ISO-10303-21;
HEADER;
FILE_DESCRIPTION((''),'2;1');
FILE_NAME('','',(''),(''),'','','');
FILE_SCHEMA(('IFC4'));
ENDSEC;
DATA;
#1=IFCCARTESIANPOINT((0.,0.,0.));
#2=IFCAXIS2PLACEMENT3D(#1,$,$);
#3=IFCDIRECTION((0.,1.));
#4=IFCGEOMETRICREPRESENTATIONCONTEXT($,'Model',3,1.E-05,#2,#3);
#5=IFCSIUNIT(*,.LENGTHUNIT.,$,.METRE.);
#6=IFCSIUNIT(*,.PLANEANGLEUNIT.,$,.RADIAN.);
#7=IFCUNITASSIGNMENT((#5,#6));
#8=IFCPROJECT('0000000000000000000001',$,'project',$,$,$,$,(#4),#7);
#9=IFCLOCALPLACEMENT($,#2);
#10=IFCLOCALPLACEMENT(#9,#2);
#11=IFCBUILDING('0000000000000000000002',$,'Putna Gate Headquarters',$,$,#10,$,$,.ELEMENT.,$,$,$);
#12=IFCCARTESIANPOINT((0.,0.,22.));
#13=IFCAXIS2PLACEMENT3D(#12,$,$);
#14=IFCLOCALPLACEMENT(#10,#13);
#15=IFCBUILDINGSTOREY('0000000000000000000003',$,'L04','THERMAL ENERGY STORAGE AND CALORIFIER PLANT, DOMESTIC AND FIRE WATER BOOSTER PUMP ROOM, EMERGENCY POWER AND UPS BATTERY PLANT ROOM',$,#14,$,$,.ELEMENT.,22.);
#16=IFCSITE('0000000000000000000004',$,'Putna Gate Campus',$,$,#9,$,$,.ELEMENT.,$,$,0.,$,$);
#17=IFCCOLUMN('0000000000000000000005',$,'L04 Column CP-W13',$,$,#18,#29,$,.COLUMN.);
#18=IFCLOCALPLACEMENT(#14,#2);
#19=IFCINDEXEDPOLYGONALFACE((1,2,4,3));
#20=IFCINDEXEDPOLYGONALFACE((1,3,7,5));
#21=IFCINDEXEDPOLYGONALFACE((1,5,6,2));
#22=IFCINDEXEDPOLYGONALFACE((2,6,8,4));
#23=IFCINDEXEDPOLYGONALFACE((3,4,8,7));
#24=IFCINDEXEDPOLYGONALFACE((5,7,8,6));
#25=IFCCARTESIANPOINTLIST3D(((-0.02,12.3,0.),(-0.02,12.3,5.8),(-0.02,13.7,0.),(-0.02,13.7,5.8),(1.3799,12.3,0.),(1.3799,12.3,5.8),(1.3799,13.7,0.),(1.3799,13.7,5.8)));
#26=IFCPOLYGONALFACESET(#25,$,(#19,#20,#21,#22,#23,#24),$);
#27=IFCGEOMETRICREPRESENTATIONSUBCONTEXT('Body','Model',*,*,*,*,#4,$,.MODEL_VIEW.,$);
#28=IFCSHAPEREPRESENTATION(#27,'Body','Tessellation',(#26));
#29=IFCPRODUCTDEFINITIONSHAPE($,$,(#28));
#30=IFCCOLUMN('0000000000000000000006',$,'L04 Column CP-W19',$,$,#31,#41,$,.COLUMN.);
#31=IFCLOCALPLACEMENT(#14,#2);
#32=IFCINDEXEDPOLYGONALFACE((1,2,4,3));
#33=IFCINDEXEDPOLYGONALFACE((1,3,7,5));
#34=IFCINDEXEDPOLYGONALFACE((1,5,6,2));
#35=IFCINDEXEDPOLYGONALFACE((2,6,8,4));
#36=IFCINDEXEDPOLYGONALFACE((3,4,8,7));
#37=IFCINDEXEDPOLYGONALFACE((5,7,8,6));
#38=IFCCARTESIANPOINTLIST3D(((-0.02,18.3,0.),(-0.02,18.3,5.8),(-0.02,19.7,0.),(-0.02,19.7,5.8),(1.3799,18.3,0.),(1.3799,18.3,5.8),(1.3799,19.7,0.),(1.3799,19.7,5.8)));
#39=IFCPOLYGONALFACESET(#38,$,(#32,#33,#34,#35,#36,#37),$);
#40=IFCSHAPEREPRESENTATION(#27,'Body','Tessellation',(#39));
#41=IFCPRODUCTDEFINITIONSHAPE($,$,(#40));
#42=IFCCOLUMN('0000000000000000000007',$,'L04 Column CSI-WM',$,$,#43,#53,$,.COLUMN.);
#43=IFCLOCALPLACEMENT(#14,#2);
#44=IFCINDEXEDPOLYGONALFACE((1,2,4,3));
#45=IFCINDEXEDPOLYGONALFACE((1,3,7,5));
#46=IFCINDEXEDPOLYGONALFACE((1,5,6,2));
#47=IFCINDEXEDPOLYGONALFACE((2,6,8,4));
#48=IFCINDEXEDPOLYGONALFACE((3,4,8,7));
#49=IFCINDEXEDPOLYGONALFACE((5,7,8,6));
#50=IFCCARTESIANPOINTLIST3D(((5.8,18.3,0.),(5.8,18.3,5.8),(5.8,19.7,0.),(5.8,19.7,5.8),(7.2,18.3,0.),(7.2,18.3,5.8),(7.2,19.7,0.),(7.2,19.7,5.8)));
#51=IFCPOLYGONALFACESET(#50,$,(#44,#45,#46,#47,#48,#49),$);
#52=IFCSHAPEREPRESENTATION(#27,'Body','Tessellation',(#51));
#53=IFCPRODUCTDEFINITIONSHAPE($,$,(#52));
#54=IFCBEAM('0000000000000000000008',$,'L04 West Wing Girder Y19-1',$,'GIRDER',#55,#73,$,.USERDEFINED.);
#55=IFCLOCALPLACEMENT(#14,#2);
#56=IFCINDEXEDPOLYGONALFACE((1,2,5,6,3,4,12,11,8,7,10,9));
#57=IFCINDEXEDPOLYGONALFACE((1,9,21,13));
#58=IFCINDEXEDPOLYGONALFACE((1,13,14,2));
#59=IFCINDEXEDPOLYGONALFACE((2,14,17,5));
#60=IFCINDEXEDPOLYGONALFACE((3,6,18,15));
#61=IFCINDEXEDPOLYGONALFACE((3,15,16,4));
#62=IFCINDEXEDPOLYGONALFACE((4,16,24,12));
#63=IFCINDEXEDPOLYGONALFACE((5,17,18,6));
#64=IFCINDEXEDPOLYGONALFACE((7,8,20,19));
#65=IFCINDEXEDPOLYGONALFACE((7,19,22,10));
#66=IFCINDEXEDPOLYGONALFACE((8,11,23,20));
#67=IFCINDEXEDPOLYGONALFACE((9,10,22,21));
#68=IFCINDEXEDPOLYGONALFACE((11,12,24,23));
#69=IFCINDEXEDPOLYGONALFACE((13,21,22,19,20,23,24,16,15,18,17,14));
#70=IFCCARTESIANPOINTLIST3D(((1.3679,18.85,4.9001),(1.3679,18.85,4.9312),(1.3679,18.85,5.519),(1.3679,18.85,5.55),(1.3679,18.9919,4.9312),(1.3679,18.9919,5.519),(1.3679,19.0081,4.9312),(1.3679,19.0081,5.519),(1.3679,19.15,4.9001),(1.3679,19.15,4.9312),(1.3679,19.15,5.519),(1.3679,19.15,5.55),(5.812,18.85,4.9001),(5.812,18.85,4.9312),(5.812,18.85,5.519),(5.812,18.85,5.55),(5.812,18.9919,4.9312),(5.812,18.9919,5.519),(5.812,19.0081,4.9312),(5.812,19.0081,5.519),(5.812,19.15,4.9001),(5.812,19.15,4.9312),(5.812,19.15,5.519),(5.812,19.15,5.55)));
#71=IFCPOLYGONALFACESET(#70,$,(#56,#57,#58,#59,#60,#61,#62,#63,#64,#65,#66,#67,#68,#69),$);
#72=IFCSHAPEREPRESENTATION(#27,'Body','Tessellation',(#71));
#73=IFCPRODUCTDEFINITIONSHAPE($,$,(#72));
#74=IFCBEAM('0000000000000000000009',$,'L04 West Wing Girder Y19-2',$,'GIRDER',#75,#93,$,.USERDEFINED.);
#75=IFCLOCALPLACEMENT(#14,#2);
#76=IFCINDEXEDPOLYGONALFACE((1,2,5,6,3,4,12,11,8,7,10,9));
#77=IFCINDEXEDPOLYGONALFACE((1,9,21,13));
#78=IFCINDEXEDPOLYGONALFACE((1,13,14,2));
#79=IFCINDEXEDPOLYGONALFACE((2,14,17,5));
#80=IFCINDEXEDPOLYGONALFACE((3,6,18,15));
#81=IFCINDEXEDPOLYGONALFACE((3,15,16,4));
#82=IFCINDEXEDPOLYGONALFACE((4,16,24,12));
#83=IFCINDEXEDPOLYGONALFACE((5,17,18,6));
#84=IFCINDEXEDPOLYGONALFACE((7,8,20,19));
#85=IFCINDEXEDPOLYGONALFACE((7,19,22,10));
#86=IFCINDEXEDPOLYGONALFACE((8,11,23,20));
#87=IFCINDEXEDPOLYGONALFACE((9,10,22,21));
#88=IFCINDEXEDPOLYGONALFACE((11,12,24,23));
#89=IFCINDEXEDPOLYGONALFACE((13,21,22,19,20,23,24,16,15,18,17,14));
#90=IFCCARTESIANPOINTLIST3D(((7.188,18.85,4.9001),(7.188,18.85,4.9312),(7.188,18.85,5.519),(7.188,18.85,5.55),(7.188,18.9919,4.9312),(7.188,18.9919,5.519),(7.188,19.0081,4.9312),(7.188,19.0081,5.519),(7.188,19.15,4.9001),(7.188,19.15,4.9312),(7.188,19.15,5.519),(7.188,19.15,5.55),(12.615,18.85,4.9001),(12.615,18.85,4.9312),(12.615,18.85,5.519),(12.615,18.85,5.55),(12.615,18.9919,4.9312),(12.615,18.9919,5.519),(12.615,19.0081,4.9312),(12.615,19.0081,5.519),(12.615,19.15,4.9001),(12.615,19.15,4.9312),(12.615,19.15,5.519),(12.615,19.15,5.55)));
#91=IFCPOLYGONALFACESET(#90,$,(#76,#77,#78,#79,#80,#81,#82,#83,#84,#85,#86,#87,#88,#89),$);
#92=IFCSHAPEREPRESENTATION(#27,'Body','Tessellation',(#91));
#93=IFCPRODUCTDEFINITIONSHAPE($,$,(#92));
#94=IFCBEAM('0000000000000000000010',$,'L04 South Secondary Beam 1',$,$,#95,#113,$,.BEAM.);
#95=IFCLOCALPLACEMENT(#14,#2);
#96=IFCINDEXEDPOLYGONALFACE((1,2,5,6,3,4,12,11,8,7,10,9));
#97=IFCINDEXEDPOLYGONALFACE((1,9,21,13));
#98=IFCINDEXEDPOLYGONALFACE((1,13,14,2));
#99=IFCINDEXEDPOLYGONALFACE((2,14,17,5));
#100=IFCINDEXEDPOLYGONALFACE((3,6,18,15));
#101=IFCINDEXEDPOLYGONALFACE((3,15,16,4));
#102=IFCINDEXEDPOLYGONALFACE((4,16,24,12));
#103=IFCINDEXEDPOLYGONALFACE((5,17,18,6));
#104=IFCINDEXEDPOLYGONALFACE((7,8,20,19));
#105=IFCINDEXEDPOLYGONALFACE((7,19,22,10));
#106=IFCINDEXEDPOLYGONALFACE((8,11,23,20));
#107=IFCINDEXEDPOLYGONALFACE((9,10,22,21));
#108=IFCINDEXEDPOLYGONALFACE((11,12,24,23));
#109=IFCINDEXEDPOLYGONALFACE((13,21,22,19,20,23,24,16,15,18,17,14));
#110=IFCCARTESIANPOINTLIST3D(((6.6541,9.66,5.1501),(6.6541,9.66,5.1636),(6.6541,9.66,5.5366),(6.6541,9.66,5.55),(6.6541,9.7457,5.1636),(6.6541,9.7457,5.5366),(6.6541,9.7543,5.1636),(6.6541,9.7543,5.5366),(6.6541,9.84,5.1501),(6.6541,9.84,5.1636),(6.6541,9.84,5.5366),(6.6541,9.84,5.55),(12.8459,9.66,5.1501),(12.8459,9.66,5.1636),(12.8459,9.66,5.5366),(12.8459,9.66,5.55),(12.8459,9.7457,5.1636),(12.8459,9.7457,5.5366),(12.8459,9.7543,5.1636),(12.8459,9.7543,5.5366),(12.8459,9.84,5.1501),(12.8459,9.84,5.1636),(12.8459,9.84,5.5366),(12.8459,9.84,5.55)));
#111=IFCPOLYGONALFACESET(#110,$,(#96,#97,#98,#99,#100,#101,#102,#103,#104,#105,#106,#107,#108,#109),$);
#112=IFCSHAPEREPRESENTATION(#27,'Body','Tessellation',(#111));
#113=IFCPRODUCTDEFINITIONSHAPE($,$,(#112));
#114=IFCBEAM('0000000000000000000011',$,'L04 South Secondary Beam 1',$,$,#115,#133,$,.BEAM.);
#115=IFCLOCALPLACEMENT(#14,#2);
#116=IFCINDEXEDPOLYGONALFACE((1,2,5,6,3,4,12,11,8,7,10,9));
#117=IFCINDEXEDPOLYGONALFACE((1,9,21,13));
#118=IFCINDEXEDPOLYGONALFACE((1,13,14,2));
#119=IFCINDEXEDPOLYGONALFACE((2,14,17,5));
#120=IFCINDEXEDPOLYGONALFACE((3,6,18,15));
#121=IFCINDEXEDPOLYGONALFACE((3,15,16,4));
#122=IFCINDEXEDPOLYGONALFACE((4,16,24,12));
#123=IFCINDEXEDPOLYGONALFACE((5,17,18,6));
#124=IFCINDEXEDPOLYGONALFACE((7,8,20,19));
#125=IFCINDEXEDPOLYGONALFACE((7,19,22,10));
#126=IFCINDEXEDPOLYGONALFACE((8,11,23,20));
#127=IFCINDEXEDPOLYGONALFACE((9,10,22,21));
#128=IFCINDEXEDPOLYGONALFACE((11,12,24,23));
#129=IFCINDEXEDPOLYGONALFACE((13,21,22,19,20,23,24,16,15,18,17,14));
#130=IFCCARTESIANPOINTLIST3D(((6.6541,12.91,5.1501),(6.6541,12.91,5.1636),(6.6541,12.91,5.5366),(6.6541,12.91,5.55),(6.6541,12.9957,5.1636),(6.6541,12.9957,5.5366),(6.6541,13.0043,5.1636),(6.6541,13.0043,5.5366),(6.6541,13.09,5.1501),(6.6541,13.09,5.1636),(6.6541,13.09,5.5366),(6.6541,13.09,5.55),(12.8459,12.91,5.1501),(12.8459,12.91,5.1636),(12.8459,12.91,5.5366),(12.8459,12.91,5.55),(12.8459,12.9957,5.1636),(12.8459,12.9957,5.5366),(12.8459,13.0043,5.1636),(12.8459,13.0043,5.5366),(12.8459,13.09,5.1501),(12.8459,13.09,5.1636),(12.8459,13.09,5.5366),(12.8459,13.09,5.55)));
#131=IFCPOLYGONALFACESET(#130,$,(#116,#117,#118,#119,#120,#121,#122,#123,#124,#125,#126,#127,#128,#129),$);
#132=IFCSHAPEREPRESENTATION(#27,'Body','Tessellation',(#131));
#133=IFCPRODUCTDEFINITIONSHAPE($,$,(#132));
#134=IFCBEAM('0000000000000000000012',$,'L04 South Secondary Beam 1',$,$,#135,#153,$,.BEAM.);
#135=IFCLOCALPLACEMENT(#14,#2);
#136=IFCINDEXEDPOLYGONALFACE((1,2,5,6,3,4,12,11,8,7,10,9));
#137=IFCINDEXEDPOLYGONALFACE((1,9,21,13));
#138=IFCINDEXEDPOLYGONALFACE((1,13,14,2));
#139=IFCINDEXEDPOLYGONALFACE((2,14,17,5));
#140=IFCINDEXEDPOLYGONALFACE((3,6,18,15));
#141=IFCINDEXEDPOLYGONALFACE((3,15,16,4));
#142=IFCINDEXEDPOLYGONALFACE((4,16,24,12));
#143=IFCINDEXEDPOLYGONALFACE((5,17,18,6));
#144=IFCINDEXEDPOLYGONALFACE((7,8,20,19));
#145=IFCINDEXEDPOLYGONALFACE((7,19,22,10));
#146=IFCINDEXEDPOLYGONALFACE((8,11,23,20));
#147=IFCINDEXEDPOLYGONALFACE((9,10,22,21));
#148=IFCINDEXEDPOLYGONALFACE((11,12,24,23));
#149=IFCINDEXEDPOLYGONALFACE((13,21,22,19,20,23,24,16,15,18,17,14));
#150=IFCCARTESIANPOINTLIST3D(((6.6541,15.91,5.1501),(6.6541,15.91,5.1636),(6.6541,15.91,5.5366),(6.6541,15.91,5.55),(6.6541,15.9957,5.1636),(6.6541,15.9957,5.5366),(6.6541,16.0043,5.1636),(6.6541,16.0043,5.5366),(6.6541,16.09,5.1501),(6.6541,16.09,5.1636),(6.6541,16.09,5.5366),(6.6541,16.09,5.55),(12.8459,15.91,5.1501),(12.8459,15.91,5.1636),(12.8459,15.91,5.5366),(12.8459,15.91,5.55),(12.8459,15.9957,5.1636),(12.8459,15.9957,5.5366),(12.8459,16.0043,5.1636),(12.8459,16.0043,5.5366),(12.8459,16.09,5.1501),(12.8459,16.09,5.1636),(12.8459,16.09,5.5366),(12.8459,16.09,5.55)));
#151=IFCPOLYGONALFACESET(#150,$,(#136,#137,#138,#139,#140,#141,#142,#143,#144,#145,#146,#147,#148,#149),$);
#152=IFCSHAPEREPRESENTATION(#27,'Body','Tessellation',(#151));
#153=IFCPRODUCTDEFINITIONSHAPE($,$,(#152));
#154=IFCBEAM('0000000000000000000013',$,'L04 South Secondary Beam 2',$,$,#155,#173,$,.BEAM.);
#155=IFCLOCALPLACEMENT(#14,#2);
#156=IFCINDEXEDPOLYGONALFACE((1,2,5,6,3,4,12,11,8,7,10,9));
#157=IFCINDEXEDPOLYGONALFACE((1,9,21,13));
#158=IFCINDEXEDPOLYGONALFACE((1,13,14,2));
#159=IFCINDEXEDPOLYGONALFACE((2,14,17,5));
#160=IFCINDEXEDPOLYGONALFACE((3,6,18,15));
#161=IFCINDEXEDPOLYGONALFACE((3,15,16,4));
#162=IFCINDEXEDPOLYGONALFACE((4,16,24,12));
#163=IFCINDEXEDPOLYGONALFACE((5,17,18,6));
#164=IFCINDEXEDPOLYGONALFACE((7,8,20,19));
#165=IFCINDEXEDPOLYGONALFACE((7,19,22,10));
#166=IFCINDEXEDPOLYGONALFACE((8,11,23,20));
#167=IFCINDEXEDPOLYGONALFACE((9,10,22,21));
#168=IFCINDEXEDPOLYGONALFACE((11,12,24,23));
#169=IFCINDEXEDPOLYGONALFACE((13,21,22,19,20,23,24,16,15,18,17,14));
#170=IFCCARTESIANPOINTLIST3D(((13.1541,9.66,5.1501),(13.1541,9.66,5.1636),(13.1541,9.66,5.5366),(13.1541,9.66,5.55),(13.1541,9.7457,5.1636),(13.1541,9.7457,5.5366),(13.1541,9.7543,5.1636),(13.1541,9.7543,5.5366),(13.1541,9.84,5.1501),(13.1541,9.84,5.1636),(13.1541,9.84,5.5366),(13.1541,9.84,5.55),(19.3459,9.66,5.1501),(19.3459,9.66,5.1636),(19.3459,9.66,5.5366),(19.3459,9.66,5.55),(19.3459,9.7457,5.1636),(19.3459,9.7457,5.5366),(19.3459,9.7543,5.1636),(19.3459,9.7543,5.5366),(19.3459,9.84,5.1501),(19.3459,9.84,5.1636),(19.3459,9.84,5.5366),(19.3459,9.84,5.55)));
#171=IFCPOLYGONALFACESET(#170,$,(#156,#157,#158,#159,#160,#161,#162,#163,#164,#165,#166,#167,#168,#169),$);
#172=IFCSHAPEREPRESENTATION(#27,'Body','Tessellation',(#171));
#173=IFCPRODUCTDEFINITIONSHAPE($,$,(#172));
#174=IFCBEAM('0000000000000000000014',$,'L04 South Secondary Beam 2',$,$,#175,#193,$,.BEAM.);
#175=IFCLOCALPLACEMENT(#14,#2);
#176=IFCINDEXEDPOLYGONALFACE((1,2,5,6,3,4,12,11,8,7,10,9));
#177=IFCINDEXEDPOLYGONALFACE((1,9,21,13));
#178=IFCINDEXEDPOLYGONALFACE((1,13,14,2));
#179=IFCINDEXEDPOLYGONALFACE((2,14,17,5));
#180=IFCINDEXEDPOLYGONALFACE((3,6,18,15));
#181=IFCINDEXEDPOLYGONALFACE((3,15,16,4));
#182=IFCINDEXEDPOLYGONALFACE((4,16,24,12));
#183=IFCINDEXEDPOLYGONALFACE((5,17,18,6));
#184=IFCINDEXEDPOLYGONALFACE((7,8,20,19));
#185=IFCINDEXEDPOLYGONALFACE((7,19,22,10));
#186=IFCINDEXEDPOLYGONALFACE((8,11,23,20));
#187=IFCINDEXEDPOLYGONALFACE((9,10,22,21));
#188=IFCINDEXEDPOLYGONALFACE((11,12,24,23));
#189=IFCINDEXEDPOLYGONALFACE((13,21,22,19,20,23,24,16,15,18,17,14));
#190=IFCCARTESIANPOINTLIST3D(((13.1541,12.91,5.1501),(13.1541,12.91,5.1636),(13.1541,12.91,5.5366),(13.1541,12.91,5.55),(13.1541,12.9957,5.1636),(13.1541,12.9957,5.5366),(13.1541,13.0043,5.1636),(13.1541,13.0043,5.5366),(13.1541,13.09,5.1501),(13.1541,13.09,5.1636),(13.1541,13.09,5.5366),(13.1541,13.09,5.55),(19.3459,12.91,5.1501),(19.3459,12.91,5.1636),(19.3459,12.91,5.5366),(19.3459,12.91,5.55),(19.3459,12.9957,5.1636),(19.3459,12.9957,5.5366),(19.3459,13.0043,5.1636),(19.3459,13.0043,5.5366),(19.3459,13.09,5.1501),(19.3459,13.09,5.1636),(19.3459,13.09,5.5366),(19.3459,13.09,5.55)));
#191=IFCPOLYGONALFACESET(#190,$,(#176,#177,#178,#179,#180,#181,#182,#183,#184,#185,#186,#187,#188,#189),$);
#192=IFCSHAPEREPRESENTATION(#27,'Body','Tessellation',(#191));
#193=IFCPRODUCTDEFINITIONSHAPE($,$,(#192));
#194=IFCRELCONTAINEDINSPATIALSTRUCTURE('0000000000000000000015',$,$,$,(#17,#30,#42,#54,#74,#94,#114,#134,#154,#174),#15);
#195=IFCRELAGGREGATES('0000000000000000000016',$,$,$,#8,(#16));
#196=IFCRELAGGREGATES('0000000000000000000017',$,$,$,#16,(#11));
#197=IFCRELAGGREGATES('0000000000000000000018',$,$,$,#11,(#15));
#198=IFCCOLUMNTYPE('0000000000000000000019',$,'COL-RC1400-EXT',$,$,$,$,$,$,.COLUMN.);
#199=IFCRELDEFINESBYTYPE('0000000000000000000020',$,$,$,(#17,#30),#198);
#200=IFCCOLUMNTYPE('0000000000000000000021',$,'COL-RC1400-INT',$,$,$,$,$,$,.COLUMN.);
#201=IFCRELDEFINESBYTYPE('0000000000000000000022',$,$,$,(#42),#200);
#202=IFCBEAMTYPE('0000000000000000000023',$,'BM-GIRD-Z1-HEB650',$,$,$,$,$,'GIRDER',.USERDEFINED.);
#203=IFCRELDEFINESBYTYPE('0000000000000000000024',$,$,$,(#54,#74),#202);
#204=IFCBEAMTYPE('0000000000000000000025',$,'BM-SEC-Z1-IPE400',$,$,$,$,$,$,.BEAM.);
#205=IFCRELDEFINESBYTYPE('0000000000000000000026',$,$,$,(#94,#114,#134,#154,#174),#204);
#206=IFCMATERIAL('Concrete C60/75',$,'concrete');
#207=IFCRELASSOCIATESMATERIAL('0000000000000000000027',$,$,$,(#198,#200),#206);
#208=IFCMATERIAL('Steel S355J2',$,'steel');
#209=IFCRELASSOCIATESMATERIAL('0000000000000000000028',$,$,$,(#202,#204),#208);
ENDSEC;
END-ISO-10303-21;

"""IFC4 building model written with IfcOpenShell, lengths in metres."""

from ifc_helpers import new_model, si_unit, direction, frame, origin, origin_2d, place, context, subcontext, project, spatial, rectangle, i_section, extrude, material, material_profile, profile_set, type_object, element, save


model = new_model("IFC4")

# Units and contexts
model_context = context("Model", 3, precision=1e-05, world=origin(), true_north=direction((0.0, 1.0)))
body_context = subcontext(model_context, "Body", "Model", "MODEL_VIEW")
ifc_project = project(units=[si_unit("LENGTHUNIT", "METRE"), si_unit("PLANEANGLEUNIT", "RADIAN")], contexts=[model_context])

# Site, building, storey
site_placement = place(None, origin())
site = spatial("IfcSite", under=ifc_project, at=site_placement, Name="Putna Gate Campus", CompositionType="ELEMENT", RefElevation=0.0)
building_placement = place(site_placement, origin())
building = spatial("IfcBuilding", under=site, at=building_placement, Name="Putna Gate Headquarters", CompositionType="ELEMENT")
storey_placement = place(building_placement, frame((0.0, 0.0, 22.0)))
storey = spatial("IfcBuildingStorey", under=building, at=storey_placement, Name="L04", Description="THERMAL ENERGY STORAGE AND CALORIFIER PLANT, DOMESTIC AND FIRE WATER BOOSTER PUMP ROOM, EMERGENCY POWER AND UPS BATTERY PLANT ROOM", CompositionType="ELEMENT", Elevation=22.0)

# Columns
ifc_material_1 = material(Name="Concrete C60/75", Category="concrete")
ifc_material_profile_1 = material_profile(ifc_material_1, rectangle(XDim=1.3999, YDim=1.3999, at=origin_2d()), Name="Concrete C60/75")
ifc_profile_set_1 = profile_set([ifc_material_profile_1], Name="Concrete C60/75")
column_type_1 = type_object("IfcColumnType", Name="COL-RC1400-EXT", PredefinedType="COLUMN", material=ifc_profile_set_1)
for number, where, z_axis, x_axis, name in (
    (1, (0.6799, 13.0, 0.0), (0.0, 0.0, 1.0), (1.0, 0.0, 0.0), "L04 Column CP-W13"),
    (2, (0.6799, 19.0, 0.0), (0.0, 0.0, 1.0), (1.0, 0.0, 0.0), "L04 Column CP-W19"),
):
    element("IfcColumn", number, at=place(storey_placement, frame(where, z_axis=z_axis, x_axis=x_axis)), inside=storey, type_object=column_type_1, Name=name, PredefinedType="COLUMN", context=body_context, shape_type="SweptSolid", body=[
        extrude(rectangle(XDim=1.3999, YDim=1.3999, at=origin_2d()), origin(), (0.0, 0.0, 1.0), 5.8),
    ])
ifc_material_profile_2 = material_profile(ifc_material_1, rectangle(XDim=1.3999, YDim=1.3999, at=origin_2d()), Name="Concrete C60/75")
ifc_profile_set_2 = profile_set([ifc_material_profile_2], Name="Concrete C60/75")
column_type_2 = type_object("IfcColumnType", Name="COL-RC1400-INT", PredefinedType="COLUMN", material=ifc_profile_set_2)
column_placement = place(storey_placement, frame((6.5, 19.0, 0.0), z_axis=(0.0, 0.0, 1.0), x_axis=(1.0, 0.0, 0.0)))
element("IfcColumn", 3, at=column_placement, inside=storey, type_object=column_type_2, Name="L04 Column CSI-WM", PredefinedType="COLUMN", context=body_context, shape_type="SweptSolid", body=[
    extrude(rectangle(XDim=1.3999, YDim=1.3999, at=origin_2d()), origin(), (0.0, 0.0, 1.0), 5.8),
])

# Beams
ifc_material_2 = material(Name="Steel S355J2", Category="steel")
ifc_material_profile_3 = material_profile(ifc_material_2, i_section(OverallWidth=0.3, OverallDepth=0.6499, WebThickness=0.0161, FlangeThickness=0.031, at=origin_2d()), Name="Steel S355J2")
ifc_profile_set_3 = profile_set([ifc_material_profile_3], Name="Steel S355J2")
beam_type_1 = type_object("IfcBeamType", Name="BM-GIRD-Z1-HEB650", ElementType="GIRDER", PredefinedType="USERDEFINED", material=ifc_profile_set_3)
beam_1_placement = place(storey_placement, frame((1.3679, 19.0, 5.2251), z_axis=(1.0, 0.0, 0.0), x_axis=(0.0, 1.0, 0.0)))
element("IfcBeam", 4, at=beam_1_placement, inside=storey, type_object=beam_type_1, Name="L04 West Wing Girder Y19-1", ObjectType="GIRDER", PredefinedType="USERDEFINED", context=body_context, shape_type="SweptSolid", body=[
    extrude(i_section(OverallWidth=0.3, OverallDepth=0.6499, WebThickness=0.0161, FlangeThickness=0.031, at=origin_2d()), origin(), (0.0, 0.0, 1.0), 4.4441),
])
beam_2_placement = place(storey_placement, frame((7.188, 19.0, 5.2251), z_axis=(1.0, 0.0, 0.0), x_axis=(0.0, 1.0, 0.0)))
element("IfcBeam", 5, at=beam_2_placement, inside=storey, type_object=beam_type_1, Name="L04 West Wing Girder Y19-2", ObjectType="GIRDER", PredefinedType="USERDEFINED", context=body_context, shape_type="SweptSolid", body=[
    extrude(i_section(OverallWidth=0.3, OverallDepth=0.6499, WebThickness=0.0161, FlangeThickness=0.031, at=origin_2d()), origin(), (0.0, 0.0, 1.0), 5.427),
])
ifc_material_profile_4 = material_profile(ifc_material_2, i_section(OverallWidth=0.1799, OverallDepth=0.3999, WebThickness=0.0085, FlangeThickness=0.0134, at=origin_2d()), Name="Steel S355J2")
ifc_profile_set_4 = profile_set([ifc_material_profile_4], Name="Steel S355J2")
beam_type_2 = type_object("IfcBeamType", Name="BM-SEC-Z1-IPE400", PredefinedType="BEAM", material=ifc_profile_set_4)
for number, where, z_axis, x_axis, name in (
    (6, (6.6541, 9.75, 5.3501), (1.0, 0.0, 0.0), (0.0, 1.0, 0.0), "L04 South Secondary Beam 1"),
    (7, (6.6541, 13.0, 5.3501), (1.0, 0.0, 0.0), (0.0, 1.0, 0.0), "L04 South Secondary Beam 1"),
    (8, (6.6541, 16.0, 5.3501), (1.0, 0.0, 0.0), (0.0, 1.0, 0.0), "L04 South Secondary Beam 1"),
    (9, (13.1541, 9.75, 5.3501), (1.0, 0.0, 0.0), (0.0, 1.0, 0.0), "L04 South Secondary Beam 2"),
    (10, (13.1541, 13.0, 5.3501), (1.0, 0.0, 0.0), (0.0, 1.0, 0.0), "L04 South Secondary Beam 2"),
):
    element("IfcBeam", number, at=place(storey_placement, frame(where, z_axis=z_axis, x_axis=x_axis)), inside=storey, type_object=beam_type_2, Name=name, PredefinedType="BEAM", context=body_context, shape_type="SweptSolid", body=[
        extrude(i_section(OverallWidth=0.1799, OverallDepth=0.3999, WebThickness=0.0085, FlangeThickness=0.0134, at=origin_2d()), origin(), (0.0, 0.0, 1.0), 6.1919),
    ])

save(model, "model.ifc")
